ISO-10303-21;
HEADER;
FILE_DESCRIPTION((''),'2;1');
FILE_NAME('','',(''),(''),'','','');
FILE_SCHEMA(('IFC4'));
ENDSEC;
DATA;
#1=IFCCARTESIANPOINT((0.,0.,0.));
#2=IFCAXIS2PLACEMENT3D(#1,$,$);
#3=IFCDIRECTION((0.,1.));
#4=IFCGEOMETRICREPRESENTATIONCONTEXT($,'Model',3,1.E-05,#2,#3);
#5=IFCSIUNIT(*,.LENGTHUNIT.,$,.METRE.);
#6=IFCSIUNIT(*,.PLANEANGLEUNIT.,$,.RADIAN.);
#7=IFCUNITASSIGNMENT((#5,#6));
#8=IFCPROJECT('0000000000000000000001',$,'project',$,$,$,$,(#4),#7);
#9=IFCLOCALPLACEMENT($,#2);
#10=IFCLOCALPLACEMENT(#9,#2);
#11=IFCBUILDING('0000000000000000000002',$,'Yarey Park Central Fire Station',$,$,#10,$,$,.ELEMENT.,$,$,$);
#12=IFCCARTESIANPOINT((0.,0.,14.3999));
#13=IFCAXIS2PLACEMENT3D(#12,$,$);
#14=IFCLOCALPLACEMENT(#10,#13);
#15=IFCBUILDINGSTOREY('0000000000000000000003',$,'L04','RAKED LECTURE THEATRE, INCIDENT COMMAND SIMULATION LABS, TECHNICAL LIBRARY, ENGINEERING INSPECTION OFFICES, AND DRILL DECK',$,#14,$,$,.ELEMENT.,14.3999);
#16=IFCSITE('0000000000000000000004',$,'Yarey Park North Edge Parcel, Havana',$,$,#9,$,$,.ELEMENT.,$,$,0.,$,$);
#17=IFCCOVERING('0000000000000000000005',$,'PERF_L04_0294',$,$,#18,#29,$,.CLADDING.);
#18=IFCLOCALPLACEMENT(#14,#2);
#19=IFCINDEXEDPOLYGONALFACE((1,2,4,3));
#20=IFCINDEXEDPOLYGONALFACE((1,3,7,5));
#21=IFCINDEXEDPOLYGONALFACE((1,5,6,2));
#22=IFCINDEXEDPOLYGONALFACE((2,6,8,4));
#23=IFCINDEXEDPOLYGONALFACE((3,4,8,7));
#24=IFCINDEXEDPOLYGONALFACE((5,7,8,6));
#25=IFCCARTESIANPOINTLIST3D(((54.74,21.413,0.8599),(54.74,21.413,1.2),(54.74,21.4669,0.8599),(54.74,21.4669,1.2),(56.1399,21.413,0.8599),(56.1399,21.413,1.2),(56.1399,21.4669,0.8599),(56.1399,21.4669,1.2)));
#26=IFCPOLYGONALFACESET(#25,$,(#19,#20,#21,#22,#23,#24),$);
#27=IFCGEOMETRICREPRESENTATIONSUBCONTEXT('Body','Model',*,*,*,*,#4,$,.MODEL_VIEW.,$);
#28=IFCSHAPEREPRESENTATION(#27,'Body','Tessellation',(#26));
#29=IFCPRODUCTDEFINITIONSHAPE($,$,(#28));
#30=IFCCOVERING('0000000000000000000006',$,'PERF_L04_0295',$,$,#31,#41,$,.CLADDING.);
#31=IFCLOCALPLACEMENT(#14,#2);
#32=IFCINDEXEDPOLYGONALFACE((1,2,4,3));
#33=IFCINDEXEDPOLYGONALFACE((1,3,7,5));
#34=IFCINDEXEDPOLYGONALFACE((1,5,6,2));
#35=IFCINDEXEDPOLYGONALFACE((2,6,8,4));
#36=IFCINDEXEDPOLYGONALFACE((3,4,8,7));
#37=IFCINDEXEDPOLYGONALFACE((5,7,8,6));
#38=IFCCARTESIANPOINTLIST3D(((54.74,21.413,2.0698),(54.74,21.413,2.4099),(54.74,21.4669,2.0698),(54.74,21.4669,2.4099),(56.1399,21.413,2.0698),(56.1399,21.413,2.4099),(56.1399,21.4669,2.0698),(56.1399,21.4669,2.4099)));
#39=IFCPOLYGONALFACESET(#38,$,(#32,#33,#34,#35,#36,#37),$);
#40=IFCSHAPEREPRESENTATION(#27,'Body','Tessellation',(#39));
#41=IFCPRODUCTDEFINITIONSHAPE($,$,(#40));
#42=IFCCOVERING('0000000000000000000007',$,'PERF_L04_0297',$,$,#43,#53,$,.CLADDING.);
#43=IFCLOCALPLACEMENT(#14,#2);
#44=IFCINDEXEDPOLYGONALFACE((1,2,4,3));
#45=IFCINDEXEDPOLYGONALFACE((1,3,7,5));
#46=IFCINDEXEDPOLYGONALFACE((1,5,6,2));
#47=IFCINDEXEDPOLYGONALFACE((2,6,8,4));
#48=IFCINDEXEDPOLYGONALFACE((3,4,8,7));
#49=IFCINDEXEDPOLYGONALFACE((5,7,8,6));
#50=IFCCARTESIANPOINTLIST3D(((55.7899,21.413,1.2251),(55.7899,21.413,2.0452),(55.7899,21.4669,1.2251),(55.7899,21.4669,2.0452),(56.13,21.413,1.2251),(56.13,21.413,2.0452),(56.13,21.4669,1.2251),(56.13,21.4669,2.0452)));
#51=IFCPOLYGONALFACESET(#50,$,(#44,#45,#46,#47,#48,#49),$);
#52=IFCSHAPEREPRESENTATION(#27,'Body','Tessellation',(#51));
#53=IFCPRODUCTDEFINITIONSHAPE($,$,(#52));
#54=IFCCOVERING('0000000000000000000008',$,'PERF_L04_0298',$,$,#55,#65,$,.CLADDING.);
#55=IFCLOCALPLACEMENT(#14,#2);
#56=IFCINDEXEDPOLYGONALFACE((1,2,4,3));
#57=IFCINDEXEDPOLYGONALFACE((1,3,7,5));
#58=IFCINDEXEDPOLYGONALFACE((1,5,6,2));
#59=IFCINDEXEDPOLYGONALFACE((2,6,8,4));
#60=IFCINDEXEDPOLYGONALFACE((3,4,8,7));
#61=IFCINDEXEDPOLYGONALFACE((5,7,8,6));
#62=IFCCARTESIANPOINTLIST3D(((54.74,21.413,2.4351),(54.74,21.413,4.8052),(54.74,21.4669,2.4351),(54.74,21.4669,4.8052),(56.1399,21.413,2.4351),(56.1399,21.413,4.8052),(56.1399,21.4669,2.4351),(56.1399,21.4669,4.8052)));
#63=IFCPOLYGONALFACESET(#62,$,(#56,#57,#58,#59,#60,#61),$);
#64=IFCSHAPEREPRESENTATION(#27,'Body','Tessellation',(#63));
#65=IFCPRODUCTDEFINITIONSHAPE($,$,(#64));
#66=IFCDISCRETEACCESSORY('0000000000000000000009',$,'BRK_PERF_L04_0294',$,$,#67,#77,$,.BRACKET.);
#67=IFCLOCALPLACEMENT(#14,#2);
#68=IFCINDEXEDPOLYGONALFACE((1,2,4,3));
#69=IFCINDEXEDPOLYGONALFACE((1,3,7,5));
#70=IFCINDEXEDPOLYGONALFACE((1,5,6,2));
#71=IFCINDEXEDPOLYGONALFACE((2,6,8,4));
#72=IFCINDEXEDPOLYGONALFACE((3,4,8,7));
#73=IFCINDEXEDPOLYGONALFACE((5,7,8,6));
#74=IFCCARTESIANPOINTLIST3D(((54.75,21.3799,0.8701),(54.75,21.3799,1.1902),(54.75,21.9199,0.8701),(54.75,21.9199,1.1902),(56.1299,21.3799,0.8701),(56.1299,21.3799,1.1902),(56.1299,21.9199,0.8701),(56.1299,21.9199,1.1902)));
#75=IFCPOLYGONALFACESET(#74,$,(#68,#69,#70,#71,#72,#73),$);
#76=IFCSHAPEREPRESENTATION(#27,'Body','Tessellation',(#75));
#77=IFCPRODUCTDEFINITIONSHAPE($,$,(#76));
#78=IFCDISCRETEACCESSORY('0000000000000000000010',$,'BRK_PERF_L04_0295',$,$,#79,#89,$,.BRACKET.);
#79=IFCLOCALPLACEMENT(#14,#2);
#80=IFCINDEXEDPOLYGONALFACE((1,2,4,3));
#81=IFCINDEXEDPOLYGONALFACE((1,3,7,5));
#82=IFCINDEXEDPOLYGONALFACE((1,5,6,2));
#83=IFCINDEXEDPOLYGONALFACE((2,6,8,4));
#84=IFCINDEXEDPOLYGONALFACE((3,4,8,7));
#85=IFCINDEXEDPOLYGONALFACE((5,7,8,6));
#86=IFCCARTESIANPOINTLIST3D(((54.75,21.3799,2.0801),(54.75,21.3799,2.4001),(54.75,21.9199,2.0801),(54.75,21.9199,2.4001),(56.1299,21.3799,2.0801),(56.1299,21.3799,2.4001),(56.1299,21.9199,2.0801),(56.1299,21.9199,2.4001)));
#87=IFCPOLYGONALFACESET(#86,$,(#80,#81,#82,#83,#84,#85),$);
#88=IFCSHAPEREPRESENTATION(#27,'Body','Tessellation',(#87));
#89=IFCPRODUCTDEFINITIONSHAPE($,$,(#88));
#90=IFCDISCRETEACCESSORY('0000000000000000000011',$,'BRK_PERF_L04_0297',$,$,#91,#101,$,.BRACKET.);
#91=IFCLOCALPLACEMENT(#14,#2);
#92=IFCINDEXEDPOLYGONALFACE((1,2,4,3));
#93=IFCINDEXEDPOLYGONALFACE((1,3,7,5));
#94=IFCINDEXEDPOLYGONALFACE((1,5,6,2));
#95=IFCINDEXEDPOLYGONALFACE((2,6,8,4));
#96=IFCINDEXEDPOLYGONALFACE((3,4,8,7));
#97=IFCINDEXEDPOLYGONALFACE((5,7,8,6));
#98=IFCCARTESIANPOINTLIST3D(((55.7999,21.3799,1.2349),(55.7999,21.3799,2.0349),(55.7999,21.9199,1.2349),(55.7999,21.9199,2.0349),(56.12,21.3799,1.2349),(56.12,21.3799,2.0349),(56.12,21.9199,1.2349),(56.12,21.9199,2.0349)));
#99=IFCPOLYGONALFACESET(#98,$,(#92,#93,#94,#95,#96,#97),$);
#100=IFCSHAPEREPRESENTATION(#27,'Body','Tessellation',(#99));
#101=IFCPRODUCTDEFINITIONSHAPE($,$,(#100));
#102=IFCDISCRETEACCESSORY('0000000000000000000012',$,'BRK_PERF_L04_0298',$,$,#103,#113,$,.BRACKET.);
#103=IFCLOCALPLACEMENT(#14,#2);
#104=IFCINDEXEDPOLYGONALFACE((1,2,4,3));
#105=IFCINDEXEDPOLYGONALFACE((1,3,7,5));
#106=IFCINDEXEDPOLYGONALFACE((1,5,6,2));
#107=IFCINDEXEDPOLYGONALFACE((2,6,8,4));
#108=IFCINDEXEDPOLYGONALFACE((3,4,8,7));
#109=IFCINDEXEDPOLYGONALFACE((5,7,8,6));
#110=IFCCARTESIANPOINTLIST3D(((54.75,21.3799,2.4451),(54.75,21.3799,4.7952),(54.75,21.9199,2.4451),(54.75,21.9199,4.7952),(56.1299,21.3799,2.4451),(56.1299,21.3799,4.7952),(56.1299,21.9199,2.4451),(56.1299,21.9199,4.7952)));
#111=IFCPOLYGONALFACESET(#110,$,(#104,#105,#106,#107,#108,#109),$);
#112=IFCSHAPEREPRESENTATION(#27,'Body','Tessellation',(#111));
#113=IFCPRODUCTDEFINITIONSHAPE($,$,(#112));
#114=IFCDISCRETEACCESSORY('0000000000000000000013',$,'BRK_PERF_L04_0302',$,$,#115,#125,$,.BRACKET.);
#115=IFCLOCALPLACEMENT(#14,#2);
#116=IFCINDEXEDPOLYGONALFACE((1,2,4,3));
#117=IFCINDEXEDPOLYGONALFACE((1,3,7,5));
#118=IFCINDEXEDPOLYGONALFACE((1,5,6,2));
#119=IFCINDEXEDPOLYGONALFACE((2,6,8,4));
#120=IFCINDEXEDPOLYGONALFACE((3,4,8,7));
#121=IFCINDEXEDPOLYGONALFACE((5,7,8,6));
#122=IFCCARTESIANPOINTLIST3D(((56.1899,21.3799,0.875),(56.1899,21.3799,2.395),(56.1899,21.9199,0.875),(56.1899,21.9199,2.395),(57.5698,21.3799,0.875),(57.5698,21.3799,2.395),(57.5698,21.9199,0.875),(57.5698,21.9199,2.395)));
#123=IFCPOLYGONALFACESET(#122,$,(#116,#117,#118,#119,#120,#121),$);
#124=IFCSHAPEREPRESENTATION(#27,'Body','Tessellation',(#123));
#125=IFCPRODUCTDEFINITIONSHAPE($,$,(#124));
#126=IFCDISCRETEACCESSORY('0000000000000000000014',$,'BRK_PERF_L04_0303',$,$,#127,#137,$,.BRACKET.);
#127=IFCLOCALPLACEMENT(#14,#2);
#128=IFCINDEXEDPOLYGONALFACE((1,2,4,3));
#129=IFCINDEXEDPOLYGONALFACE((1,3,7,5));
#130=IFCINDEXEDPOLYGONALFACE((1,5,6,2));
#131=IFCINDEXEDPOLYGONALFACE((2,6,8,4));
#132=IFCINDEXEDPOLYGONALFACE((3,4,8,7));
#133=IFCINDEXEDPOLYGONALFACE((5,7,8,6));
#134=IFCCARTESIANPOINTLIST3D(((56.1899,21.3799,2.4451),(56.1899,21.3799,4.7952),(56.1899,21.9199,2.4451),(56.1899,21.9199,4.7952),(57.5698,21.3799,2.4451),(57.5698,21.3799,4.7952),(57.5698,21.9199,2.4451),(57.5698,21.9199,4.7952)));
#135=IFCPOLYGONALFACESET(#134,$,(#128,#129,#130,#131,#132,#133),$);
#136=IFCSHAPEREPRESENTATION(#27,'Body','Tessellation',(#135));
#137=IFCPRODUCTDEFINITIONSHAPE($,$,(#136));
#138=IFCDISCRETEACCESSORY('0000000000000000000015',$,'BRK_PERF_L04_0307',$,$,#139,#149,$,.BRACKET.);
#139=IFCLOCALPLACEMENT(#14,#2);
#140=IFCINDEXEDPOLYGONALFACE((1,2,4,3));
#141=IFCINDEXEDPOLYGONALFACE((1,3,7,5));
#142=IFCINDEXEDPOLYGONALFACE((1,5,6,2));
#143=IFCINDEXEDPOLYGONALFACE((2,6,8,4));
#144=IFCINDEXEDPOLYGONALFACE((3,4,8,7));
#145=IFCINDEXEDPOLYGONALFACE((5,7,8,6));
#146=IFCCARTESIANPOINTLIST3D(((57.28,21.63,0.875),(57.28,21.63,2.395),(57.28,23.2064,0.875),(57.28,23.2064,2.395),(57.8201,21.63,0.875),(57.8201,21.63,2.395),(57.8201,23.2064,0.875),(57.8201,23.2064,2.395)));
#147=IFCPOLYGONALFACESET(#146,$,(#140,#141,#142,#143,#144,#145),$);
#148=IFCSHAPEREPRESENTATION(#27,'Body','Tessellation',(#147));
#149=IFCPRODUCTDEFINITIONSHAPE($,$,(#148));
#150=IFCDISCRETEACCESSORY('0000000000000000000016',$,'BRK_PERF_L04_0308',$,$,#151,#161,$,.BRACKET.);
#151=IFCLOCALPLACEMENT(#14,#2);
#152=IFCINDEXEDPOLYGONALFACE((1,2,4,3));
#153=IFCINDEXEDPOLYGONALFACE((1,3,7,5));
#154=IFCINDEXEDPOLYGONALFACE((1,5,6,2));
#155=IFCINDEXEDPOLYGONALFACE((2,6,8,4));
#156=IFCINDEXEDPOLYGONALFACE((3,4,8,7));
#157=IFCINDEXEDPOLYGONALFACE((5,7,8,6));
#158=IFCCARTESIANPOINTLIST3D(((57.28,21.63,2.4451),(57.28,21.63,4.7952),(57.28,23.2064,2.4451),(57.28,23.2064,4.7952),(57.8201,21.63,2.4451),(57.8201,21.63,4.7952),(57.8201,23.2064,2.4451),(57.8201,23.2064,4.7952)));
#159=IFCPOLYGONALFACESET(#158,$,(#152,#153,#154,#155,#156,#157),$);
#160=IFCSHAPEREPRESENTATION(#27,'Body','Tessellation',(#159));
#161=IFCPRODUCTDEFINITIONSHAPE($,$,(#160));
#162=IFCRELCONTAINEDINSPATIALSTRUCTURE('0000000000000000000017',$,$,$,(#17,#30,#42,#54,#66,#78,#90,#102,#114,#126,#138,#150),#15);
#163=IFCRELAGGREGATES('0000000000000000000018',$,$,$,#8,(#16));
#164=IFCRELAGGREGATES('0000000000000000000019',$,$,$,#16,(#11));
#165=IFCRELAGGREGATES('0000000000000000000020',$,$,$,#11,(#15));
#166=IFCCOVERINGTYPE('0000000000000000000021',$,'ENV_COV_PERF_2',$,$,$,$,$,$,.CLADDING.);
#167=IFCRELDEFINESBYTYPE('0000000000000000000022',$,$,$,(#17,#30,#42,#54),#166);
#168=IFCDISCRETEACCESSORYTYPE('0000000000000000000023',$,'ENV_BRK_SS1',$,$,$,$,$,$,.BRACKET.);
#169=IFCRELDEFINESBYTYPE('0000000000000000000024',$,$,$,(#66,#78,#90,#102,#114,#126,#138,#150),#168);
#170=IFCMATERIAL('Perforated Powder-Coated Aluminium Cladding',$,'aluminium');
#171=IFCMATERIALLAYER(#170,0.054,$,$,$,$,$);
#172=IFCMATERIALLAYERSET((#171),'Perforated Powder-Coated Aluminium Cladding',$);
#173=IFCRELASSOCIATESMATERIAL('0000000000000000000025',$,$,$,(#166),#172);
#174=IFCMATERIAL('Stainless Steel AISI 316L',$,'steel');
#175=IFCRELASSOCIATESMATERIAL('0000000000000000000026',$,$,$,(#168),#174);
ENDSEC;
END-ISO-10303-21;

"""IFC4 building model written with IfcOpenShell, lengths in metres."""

from ifc_helpers import new_model, si_unit, direction, frame, origin, origin_2d, place, context, subcontext, project, spatial, rectangle, extrude, material, layer, layer_set, type_object, element, save


model = new_model("IFC4")

# Units and contexts
model_context = context("Model", 3, precision=1e-05, world=origin(), true_north=direction((0.0, 1.0)))
body_context = subcontext(model_context, "Body", "Model", "MODEL_VIEW")
ifc_project = project(units=[si_unit("LENGTHUNIT", "METRE"), si_unit("PLANEANGLEUNIT", "RADIAN")], contexts=[model_context])

# Site, building, storey
site_placement = place(None, origin())
site = spatial("IfcSite", under=ifc_project, at=site_placement, Name="Yarey Park North Edge Parcel, Havana", CompositionType="ELEMENT", RefElevation=0.0)
building_placement = place(site_placement, origin())
building = spatial("IfcBuilding", under=site, at=building_placement, Name="Yarey Park Central Fire Station", CompositionType="ELEMENT")
storey_placement = place(building_placement, frame((0.0, 0.0, 14.3999)))
storey = spatial("IfcBuildingStorey", under=building, at=storey_placement, Name="L04", Description="RAKED LECTURE THEATRE, INCIDENT COMMAND SIMULATION LABS, TECHNICAL LIBRARY, ENGINEERING INSPECTION OFFICES, AND DRILL DECK", CompositionType="ELEMENT", Elevation=14.3999)

# Coverings
ifc_material_1 = material(Name="Perforated Powder-Coated Aluminium Cladding", Category="aluminium")
ifc_layer_1 = layer(ifc_material_1, 0.054)
ifc_layer_set_1 = layer_set([ifc_layer_1], Name="Perforated Powder-Coated Aluminium Cladding")
covering_type_1 = type_object("IfcCoveringType", Name="ENV_COV_PERF_2", PredefinedType="CLADDING", material=ifc_layer_set_1)
for number, where, z_axis, x_axis, name in (
    (1, (55.4399, 21.4399, 0.8599), (0.0, 0.0, 1.0), (1.0, 0.0, 0.0), "PERF_L04_0294"),
    (2, (55.4399, 21.4399, 2.0698), (0.0, 0.0, 1.0), (1.0, 0.0, 0.0), "PERF_L04_0295"),
):
    element("IfcCovering", number, at=place(storey_placement, frame(where, z_axis=z_axis, x_axis=x_axis)), inside=storey, type_object=covering_type_1, Name=name, PredefinedType="CLADDING", context=body_context, shape_type="SweptSolid", body=[
        extrude(rectangle(XDim=1.3999, YDim=0.054, at=origin_2d()), origin(), (0.0, 0.0, 1.0), 0.3401),
    ])
covering_1_placement = place(storey_placement, frame((55.96, 21.4399, 1.2251), z_axis=(0.0, 0.0, 1.0), x_axis=(1.0, 0.0, 0.0)))
element("IfcCovering", 3, at=covering_1_placement, inside=storey, type_object=covering_type_1, Name="PERF_L04_0297", PredefinedType="CLADDING", context=body_context, shape_type="SweptSolid", body=[
    extrude(rectangle(XDim=0.3401, YDim=0.054, at=origin_2d()), origin(), (0.0, 0.0, 1.0), 0.8201),
])
covering_2_placement = place(storey_placement, frame((55.4399, 21.4399, 2.4351), z_axis=(0.0, 0.0, 1.0), x_axis=(1.0, 0.0, 0.0)))
element("IfcCovering", 4, at=covering_2_placement, inside=storey, type_object=covering_type_1, Name="PERF_L04_0298", PredefinedType="CLADDING", context=body_context, shape_type="SweptSolid", body=[
    extrude(rectangle(XDim=1.3999, YDim=0.054, at=origin_2d()), origin(), (0.0, 0.0, 1.0), 2.3701),
])

# Discrete accessories
ifc_material_2 = material(Name="Stainless Steel AISI 316L", Category="steel")
discrete_accessory_type = type_object("IfcDiscreteAccessoryType", Name="ENV_BRK_SS1", PredefinedType="BRACKET", material=ifc_material_2)
for number, where, z_axis, x_axis, name in (
    (5, (55.4399, 21.6499, 0.8701), (0.0, 0.0, 1.0), (1.0, 0.0, 0.0), "BRK_PERF_L04_0294"),
    (6, (55.4399, 21.6499, 2.0801), (0.0, 0.0, 1.0), (1.0, 0.0, 0.0), "BRK_PERF_L04_0295"),
):
    element("IfcDiscreteAccessory", number, at=place(storey_placement, frame(where, z_axis=z_axis, x_axis=x_axis)), inside=storey, type_object=discrete_accessory_type, Name=name, PredefinedType="BRACKET", context=body_context, shape_type="SweptSolid", body=[
        extrude(rectangle(XDim=1.3799, YDim=0.54, at=origin_2d()), origin(), (0.0, 0.0, 1.0), 0.3201),
    ])
discrete_accessory_1_placement = place(storey_placement, frame((55.96, 21.6499, 1.2349), z_axis=(0.0, 0.0, 1.0), x_axis=(1.0, 0.0, 0.0)))
element("IfcDiscreteAccessory", 7, at=discrete_accessory_1_placement, inside=storey, type_object=discrete_accessory_type, Name="BRK_PERF_L04_0297", PredefinedType="BRACKET", context=body_context, shape_type="SweptSolid", body=[
    extrude(rectangle(XDim=0.3201, YDim=0.54, at=origin_2d()), origin(), (0.0, 0.0, 1.0), 0.8),
])
discrete_accessory_2_placement = place(storey_placement, frame((55.4399, 21.6499, 2.4451), z_axis=(0.0, 0.0, 1.0), x_axis=(1.0, 0.0, 0.0)))
element("IfcDiscreteAccessory", 8, at=discrete_accessory_2_placement, inside=storey, type_object=discrete_accessory_type, Name="BRK_PERF_L04_0298", PredefinedType="BRACKET", context=body_context, shape_type="SweptSolid", body=[
    extrude(rectangle(XDim=1.3799, YDim=0.54, at=origin_2d()), origin(), (0.0, 0.0, 1.0), 2.3501),
])
discrete_accessory_3_placement = place(storey_placement, frame((56.8799, 21.6499, 0.875), z_axis=(0.0, 0.0, 1.0), x_axis=(1.0, 0.0, 0.0)))
element("IfcDiscreteAccessory", 9, at=discrete_accessory_3_placement, inside=storey, type_object=discrete_accessory_type, Name="BRK_PERF_L04_0302", PredefinedType="BRACKET", context=body_context, shape_type="SweptSolid", body=[
    extrude(rectangle(XDim=1.3799, YDim=0.54, at=origin_2d()), origin(), (0.0, 0.0, 1.0), 1.52),
])
discrete_accessory_4_placement = place(storey_placement, frame((56.8799, 21.6499, 2.4451), z_axis=(0.0, 0.0, 1.0), x_axis=(1.0, 0.0, 0.0)))
element("IfcDiscreteAccessory", 10, at=discrete_accessory_4_placement, inside=storey, type_object=discrete_accessory_type, Name="BRK_PERF_L04_0303", PredefinedType="BRACKET", context=body_context, shape_type="SweptSolid", body=[
    extrude(rectangle(XDim=1.3799, YDim=0.54, at=origin_2d()), origin(), (0.0, 0.0, 1.0), 2.3501),
])
discrete_accessory_5_placement = place(storey_placement, frame((57.55, 22.4182, 0.875), z_axis=(0.0, 0.0, 1.0), x_axis=(1.0, 0.0, 0.0)))
element("IfcDiscreteAccessory", 11, at=discrete_accessory_5_placement, inside=storey, type_object=discrete_accessory_type, Name="BRK_PERF_L04_0307", PredefinedType="BRACKET", context=body_context, shape_type="SweptSolid", body=[
    extrude(rectangle(XDim=0.54, YDim=1.5764, at=origin_2d()), origin(), (0.0, 0.0, 1.0), 1.52),
])
discrete_accessory_6_placement = place(storey_placement, frame((57.55, 22.4182, 2.4451), z_axis=(0.0, 0.0, 1.0), x_axis=(1.0, 0.0, 0.0)))
element("IfcDiscreteAccessory", 12, at=discrete_accessory_6_placement, inside=storey, type_object=discrete_accessory_type, Name="BRK_PERF_L04_0308", PredefinedType="BRACKET", context=body_context, shape_type="SweptSolid", body=[
    extrude(rectangle(XDim=0.54, YDim=1.5764, at=origin_2d()), origin(), (0.0, 0.0, 1.0), 2.3501),
])

save(model, "model.ifc")
